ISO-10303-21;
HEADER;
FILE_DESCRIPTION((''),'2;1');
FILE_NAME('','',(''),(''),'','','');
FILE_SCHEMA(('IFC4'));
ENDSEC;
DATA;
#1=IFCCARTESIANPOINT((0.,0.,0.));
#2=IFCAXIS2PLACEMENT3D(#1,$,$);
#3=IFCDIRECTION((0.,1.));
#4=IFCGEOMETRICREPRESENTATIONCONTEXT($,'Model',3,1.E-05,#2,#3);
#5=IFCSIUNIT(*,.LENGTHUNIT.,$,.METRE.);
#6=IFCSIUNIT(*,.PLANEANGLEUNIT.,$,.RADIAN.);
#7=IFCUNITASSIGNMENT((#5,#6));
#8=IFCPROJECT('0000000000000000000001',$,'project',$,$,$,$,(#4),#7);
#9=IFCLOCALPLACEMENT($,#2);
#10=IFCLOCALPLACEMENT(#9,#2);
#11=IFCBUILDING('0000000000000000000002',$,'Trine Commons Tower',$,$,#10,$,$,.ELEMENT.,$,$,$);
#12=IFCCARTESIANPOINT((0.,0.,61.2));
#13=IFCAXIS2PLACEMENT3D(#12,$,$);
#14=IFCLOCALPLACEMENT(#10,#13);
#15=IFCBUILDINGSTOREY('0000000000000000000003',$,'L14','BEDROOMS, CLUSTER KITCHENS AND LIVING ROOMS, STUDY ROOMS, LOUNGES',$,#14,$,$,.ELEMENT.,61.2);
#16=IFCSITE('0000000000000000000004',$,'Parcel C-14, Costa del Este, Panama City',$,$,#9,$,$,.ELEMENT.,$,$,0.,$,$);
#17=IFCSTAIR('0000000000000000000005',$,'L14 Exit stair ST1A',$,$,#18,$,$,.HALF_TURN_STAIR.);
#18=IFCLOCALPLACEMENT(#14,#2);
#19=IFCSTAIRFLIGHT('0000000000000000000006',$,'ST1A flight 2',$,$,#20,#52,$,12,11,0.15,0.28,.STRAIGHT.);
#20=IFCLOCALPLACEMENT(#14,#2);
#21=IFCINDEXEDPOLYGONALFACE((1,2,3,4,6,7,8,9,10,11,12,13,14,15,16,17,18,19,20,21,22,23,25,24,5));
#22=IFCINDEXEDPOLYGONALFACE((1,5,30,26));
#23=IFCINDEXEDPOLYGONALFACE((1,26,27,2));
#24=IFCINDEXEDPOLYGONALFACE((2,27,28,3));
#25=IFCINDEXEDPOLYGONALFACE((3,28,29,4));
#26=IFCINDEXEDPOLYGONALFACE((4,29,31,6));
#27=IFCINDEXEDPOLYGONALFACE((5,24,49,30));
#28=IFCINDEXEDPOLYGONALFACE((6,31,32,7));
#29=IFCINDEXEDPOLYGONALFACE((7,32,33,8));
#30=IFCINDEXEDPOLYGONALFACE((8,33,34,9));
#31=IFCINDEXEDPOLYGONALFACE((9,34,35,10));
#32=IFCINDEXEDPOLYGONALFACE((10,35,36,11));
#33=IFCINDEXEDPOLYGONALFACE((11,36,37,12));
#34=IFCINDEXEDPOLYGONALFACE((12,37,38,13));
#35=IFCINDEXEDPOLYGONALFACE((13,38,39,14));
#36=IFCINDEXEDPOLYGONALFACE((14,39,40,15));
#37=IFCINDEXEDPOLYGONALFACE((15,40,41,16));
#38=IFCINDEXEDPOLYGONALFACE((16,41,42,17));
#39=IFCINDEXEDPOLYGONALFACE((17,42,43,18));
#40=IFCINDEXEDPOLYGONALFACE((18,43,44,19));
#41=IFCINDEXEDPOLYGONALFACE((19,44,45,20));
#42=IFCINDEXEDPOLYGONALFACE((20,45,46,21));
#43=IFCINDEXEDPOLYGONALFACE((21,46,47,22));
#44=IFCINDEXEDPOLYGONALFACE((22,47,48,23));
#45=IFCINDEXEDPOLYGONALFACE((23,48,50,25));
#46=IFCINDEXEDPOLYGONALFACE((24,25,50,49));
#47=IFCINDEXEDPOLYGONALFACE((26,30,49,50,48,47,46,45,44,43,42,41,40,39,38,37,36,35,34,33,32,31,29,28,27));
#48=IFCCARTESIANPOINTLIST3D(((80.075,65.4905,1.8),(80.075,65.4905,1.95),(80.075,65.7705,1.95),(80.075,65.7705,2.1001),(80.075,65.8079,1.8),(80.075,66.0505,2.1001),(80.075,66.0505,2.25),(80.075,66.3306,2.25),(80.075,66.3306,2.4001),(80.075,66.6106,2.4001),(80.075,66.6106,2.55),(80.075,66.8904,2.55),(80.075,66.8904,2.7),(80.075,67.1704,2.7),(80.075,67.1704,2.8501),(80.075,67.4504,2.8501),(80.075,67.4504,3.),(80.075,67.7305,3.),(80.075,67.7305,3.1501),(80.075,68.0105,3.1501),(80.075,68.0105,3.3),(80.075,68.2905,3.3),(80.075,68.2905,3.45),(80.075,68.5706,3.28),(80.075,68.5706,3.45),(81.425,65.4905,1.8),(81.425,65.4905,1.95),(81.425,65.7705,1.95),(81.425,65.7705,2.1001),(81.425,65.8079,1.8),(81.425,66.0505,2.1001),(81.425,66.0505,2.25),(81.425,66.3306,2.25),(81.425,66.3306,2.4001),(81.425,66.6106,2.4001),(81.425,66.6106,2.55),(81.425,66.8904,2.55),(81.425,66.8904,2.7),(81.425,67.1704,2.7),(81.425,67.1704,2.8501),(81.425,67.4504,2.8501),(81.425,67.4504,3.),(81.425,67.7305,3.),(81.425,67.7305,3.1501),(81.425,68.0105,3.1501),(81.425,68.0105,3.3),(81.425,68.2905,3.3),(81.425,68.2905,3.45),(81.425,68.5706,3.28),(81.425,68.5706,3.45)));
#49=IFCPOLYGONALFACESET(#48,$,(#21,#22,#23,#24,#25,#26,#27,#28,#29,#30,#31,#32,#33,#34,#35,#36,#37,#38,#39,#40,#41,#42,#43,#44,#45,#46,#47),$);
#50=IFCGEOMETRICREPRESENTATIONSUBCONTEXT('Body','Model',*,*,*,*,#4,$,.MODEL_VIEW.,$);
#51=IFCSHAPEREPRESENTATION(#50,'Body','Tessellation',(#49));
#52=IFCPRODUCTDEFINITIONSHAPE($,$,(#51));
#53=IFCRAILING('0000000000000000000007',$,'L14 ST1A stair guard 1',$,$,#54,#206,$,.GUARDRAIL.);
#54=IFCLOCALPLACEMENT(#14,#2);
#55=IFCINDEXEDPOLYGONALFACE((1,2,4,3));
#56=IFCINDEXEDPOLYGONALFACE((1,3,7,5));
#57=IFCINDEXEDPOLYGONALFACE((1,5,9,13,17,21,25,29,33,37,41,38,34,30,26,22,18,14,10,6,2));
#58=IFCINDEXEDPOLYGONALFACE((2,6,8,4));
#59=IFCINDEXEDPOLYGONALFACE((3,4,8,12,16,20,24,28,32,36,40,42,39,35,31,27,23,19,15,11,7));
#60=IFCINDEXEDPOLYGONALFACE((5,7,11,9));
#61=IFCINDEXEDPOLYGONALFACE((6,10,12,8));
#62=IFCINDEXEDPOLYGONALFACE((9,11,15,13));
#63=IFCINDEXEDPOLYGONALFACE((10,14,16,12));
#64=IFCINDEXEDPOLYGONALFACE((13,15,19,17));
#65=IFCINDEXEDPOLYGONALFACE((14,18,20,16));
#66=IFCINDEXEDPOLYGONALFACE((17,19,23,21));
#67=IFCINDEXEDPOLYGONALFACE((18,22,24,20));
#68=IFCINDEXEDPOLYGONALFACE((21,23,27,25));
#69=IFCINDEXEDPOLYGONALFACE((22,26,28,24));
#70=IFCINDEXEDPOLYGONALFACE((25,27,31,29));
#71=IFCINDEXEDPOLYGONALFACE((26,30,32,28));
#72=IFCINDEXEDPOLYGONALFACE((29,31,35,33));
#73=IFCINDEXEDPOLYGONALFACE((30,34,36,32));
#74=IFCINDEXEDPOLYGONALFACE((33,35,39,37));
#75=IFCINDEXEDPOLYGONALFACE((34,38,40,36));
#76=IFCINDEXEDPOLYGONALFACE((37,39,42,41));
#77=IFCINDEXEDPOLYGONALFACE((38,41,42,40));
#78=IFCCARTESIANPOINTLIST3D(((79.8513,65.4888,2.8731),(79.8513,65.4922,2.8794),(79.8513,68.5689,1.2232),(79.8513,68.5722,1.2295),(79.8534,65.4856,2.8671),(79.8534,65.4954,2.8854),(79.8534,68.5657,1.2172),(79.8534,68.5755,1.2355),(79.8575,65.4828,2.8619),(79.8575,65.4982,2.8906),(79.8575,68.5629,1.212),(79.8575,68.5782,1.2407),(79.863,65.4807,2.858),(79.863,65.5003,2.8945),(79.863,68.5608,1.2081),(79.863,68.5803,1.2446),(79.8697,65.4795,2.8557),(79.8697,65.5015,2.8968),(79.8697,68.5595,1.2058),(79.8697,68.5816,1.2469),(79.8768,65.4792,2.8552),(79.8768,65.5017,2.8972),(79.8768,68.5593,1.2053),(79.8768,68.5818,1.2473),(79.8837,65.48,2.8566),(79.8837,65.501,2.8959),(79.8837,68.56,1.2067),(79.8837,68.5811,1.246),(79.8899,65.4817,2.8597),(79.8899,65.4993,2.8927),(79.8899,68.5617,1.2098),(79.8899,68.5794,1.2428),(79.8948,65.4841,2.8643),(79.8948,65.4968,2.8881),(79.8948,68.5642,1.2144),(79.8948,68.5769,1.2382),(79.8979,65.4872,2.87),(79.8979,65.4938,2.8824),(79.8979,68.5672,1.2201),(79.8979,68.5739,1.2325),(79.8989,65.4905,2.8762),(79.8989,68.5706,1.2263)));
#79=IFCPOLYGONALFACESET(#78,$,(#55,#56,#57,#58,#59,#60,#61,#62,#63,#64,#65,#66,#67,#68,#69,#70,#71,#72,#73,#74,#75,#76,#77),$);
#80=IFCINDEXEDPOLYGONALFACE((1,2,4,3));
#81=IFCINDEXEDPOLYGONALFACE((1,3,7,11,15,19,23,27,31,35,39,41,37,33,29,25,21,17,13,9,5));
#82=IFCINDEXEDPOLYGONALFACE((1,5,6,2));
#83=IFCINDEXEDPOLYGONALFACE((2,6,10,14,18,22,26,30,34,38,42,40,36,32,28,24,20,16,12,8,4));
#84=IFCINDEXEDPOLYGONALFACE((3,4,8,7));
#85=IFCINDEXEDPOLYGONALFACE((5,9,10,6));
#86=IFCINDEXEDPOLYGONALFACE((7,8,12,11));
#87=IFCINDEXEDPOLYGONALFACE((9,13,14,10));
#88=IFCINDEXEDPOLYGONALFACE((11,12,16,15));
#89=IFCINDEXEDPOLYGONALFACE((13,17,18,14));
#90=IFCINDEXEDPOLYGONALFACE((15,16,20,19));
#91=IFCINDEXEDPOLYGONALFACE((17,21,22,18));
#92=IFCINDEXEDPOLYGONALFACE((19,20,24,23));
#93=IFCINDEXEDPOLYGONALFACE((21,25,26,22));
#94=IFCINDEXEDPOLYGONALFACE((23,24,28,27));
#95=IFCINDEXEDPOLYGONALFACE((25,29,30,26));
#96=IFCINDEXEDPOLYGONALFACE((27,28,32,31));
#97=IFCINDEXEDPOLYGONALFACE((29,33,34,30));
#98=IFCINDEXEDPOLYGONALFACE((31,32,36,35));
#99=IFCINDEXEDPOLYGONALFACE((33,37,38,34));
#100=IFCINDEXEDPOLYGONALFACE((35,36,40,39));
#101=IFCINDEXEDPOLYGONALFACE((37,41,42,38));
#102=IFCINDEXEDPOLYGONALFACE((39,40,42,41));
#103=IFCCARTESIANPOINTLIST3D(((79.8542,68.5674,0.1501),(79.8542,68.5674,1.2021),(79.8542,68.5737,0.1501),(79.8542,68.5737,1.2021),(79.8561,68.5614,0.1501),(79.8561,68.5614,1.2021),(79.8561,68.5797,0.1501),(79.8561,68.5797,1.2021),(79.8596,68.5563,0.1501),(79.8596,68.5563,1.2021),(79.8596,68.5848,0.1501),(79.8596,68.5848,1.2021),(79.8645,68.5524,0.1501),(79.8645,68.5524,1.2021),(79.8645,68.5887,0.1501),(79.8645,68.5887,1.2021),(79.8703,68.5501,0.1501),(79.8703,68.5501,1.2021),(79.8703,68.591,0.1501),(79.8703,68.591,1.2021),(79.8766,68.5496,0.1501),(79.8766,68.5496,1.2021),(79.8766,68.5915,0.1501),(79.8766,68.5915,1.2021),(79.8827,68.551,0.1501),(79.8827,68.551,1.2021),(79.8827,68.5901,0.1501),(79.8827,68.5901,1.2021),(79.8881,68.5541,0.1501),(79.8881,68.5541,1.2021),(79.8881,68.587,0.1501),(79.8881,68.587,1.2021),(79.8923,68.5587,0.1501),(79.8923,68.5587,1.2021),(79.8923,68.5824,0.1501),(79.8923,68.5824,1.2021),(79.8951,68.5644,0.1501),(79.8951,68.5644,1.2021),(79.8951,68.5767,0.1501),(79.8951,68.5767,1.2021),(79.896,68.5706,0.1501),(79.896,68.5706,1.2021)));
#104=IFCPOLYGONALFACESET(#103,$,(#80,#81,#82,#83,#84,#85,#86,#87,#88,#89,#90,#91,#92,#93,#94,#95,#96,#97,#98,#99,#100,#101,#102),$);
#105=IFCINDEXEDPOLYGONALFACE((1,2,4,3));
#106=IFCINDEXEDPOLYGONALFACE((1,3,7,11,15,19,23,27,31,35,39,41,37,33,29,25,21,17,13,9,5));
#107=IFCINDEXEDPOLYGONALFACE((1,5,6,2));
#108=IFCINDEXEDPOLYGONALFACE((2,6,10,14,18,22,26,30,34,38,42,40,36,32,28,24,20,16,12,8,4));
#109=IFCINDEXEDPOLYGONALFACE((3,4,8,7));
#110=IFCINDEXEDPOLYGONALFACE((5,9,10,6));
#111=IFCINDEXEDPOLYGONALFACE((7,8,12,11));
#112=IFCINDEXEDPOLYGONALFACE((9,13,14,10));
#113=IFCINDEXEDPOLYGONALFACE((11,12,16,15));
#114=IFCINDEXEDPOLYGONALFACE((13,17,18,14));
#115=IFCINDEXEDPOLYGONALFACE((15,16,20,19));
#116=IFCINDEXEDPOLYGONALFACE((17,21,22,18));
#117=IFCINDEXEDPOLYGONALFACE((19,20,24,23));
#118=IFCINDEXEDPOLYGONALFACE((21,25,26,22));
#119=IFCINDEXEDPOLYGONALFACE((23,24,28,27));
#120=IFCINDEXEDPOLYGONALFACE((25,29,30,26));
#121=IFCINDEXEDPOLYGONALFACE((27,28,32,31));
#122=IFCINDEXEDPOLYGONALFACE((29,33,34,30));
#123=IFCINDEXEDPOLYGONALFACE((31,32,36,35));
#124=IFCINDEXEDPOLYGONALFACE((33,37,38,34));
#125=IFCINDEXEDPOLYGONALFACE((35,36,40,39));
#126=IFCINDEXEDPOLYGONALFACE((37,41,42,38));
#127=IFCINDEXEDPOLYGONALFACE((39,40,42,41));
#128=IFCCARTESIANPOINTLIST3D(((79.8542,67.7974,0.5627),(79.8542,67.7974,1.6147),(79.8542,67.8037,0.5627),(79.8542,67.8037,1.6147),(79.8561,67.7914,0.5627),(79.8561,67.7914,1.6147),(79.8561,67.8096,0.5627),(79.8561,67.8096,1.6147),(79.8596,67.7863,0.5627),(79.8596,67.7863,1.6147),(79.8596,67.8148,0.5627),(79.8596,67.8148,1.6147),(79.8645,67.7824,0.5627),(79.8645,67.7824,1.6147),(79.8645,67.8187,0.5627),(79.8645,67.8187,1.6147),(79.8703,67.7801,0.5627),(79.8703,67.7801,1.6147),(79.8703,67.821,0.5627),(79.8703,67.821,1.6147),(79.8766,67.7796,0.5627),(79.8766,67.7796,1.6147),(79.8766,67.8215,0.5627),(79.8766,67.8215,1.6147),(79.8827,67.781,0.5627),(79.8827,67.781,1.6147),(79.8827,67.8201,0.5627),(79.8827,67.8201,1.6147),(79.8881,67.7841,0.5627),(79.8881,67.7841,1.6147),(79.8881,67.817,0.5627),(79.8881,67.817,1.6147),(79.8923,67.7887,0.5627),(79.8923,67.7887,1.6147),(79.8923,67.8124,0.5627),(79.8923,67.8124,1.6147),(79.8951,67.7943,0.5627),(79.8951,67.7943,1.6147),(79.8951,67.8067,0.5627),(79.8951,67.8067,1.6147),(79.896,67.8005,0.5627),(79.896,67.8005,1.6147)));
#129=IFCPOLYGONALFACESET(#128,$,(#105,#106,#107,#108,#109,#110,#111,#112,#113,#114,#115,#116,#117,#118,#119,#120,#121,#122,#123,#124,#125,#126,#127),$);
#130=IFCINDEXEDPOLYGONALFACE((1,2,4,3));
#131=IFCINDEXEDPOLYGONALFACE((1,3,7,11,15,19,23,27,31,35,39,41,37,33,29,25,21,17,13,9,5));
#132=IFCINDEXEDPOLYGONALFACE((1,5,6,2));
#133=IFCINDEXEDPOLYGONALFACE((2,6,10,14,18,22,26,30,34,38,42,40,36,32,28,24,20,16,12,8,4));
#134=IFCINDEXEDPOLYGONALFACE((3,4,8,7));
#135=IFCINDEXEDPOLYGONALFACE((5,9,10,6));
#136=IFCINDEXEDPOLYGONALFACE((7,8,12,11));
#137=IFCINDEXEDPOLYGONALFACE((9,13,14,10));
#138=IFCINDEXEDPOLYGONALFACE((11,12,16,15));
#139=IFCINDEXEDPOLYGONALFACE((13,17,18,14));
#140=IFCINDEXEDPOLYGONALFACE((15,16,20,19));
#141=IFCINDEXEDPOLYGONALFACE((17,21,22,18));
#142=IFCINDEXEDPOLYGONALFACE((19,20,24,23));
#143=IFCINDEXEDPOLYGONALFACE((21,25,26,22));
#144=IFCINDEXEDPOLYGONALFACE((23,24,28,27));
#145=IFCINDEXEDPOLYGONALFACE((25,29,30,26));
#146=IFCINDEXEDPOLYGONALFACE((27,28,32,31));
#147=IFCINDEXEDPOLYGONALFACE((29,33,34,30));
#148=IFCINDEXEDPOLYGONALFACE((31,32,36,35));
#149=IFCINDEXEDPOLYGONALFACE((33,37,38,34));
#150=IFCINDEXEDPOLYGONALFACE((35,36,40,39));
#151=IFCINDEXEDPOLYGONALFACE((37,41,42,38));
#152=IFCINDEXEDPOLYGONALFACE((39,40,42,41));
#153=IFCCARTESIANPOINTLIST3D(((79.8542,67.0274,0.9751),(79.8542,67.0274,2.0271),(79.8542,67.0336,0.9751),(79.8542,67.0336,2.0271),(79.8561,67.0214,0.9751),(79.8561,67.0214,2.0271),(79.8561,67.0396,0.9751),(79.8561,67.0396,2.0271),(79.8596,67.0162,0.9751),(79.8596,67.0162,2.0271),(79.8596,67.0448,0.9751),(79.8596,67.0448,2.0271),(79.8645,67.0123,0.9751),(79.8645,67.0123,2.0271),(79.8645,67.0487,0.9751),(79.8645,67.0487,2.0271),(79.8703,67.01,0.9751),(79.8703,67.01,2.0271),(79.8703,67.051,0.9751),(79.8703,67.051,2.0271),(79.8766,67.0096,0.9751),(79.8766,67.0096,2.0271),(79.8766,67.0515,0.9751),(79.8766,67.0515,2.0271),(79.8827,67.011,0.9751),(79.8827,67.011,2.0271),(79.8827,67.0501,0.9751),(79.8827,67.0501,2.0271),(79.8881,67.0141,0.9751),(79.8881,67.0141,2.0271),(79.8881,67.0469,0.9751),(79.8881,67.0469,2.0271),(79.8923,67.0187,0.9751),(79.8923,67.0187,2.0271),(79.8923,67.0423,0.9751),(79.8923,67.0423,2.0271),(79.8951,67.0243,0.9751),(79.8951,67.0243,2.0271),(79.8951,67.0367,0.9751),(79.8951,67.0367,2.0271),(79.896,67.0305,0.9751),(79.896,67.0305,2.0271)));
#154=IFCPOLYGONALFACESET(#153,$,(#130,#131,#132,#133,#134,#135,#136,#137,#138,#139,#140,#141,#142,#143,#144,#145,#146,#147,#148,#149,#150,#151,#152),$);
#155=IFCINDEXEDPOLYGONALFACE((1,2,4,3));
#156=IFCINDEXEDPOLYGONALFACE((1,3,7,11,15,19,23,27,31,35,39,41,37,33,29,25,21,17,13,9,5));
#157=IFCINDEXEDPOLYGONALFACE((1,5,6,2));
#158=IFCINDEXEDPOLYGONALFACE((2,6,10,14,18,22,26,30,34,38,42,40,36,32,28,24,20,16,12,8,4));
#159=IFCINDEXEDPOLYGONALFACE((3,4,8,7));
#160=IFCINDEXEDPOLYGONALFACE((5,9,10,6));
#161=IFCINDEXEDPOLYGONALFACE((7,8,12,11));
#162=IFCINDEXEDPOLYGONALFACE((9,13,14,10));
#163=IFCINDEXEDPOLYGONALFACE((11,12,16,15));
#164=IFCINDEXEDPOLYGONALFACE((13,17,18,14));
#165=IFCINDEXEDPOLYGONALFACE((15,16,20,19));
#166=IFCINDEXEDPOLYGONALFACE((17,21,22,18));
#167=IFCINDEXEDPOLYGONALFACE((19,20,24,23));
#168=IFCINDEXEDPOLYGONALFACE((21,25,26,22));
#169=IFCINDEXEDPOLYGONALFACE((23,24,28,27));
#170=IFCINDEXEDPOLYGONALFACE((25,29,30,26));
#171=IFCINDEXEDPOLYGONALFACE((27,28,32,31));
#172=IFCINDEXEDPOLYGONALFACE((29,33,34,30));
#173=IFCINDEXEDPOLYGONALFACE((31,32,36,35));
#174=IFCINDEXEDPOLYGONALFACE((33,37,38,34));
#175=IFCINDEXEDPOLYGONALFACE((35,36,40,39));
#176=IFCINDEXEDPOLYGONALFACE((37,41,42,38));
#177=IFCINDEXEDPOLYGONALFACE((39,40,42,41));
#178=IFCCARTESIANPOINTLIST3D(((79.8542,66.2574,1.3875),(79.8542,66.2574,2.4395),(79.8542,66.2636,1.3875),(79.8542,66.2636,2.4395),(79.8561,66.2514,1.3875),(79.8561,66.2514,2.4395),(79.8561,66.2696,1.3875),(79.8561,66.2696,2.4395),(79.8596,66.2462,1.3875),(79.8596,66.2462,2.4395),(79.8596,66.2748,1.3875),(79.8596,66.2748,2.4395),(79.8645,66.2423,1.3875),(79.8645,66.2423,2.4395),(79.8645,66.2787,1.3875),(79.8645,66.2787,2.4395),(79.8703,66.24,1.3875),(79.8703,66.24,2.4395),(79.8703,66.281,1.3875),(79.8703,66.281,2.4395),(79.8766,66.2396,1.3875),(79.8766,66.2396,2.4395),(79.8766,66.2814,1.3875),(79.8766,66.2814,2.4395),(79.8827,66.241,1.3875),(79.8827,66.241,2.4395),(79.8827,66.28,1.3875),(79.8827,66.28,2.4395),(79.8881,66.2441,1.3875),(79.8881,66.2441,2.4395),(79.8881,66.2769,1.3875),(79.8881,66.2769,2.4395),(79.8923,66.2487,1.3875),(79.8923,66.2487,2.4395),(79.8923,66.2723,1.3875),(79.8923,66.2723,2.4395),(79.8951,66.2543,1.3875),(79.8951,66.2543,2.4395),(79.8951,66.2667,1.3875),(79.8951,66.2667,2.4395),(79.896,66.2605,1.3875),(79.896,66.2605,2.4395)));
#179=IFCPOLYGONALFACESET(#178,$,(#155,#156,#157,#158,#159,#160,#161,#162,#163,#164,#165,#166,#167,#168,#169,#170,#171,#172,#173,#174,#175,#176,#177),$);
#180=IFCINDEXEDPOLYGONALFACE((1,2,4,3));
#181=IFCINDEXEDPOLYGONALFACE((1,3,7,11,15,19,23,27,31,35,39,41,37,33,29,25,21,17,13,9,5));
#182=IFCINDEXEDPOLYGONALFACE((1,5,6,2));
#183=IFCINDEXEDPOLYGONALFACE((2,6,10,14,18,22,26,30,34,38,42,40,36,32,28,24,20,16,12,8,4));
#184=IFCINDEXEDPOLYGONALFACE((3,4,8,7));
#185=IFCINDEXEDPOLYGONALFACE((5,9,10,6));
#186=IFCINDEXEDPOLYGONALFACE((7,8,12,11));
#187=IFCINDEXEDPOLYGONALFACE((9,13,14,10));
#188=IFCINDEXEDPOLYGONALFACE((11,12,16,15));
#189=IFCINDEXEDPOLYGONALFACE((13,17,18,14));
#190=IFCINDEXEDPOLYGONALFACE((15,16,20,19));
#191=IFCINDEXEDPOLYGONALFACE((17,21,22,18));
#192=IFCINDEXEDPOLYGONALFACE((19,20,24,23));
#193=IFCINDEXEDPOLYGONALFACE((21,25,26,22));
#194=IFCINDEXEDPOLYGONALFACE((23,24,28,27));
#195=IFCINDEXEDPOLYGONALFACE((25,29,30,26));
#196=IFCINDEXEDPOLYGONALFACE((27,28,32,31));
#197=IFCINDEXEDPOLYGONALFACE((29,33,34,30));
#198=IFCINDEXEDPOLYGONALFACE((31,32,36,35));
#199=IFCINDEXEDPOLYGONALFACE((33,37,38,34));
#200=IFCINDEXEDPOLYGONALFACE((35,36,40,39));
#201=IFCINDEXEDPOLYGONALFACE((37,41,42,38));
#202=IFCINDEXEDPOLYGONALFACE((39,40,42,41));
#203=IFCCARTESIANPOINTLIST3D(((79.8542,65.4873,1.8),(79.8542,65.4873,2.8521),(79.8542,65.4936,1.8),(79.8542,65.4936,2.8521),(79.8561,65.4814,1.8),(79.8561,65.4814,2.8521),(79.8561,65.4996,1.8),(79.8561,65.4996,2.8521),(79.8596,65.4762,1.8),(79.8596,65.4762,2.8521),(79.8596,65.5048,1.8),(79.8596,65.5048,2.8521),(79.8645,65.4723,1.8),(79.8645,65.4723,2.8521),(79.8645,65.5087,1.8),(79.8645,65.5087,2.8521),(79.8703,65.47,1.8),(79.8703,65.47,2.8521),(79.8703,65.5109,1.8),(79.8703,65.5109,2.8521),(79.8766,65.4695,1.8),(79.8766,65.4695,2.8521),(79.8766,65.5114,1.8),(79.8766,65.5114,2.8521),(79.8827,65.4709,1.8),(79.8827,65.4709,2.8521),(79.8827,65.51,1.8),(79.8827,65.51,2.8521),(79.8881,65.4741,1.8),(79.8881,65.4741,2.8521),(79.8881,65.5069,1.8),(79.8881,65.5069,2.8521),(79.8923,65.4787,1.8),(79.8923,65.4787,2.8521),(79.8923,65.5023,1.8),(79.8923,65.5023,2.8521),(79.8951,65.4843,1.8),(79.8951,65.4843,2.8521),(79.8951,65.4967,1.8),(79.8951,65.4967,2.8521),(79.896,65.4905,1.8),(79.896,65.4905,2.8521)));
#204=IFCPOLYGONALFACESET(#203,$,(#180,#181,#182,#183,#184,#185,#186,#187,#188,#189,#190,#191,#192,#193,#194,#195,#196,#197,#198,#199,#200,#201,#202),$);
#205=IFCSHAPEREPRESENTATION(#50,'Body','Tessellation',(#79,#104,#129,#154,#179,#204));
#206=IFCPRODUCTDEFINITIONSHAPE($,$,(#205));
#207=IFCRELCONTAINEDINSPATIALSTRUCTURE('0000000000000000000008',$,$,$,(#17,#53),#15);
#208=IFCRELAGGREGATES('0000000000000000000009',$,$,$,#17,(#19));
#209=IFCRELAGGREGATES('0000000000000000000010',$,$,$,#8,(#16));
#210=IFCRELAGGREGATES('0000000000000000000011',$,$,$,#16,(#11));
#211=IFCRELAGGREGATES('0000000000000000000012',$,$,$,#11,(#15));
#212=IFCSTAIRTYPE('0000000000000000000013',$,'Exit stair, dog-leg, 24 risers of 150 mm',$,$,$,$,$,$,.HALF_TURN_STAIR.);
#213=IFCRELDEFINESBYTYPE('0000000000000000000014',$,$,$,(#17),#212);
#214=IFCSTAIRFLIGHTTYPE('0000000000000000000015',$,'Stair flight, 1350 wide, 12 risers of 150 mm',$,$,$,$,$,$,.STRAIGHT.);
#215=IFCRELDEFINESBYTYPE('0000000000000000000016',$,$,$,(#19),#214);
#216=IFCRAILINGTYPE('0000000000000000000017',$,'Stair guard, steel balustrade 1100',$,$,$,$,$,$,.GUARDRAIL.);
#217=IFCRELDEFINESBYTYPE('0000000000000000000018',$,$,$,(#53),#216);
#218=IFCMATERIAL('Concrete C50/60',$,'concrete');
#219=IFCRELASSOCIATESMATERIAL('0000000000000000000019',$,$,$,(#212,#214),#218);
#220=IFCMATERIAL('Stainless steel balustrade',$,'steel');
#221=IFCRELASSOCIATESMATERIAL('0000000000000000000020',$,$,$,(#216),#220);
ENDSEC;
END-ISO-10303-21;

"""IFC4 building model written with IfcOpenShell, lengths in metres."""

from ifc_helpers import new_model, si_unit, direction, frame, origin, origin_2d, place, context, subcontext, project, spatial, polyline, circle, outline, extrude, material, type_object, element, aggregate, save


model = new_model("IFC4")

# Units and contexts
model_context = context("Model", 3, precision=1e-05, world=origin(), true_north=direction((0.0, 1.0)))
body_context = subcontext(model_context, "Body", "Model", "MODEL_VIEW")
ifc_project = project(units=[si_unit("LENGTHUNIT", "METRE"), si_unit("PLANEANGLEUNIT", "RADIAN")], contexts=[model_context])

# Site, building, storey
site_placement = place(None, origin())
site = spatial("IfcSite", under=ifc_project, at=site_placement, Name="Parcel C-14, Costa del Este, Panama City", CompositionType="ELEMENT", RefElevation=0.0)
building_placement = place(site_placement, origin())
building = spatial("IfcBuilding", under=site, at=building_placement, Name="Trine Commons Tower", CompositionType="ELEMENT")
storey_placement = place(building_placement, frame((0.0, 0.0, 61.2)))
storey = spatial("IfcBuildingStorey", under=building, at=storey_placement, Name="L14", Description="BEDROOMS, CLUSTER KITCHENS AND LIVING ROOMS, STUDY ROOMS, LOUNGES", CompositionType="ELEMENT", Elevation=61.2)

# Shared definitions
ifc_material_1 = material(Name="Concrete C50/60", Category="concrete")

# Stair, stair flight
stair_type = type_object("IfcStairType", Name="Exit stair, dog-leg, 24 risers of 150 mm", PredefinedType="HALF_TURN_STAIR", material=ifc_material_1)
stair_placement = place(storey_placement, origin())
stair = element("IfcStair", 1, at=stair_placement, inside=storey, type_object=stair_type, Name="L14 Exit stair ST1A", PredefinedType="HALF_TURN_STAIR")
stair_flight_type = type_object("IfcStairFlightType", Name="Stair flight, 1350 wide, 12 risers of 150 mm", PredefinedType="STRAIGHT", material=ifc_material_1)
stair_flight_1_placement = place(storey_placement, frame((80.75, 65.4905, 1.8), z_axis=(0.0, 0.0, 1.0), x_axis=(0.0, 1.0, 0.0)))
stair_flight_1 = element("IfcStairFlight", 2, at=stair_flight_1_placement, type_object=stair_flight_type, Name="ST1A flight 2", NumberOfRisers=12, NumberOfTreads=11, PredefinedType="STRAIGHT", RiserHeight=0.15, TreadLength=0.28, context=body_context, shape_type="SweptSolid", body=[
    extrude(outline(polyline([(0.0, 0.0), (0.0, 0.1499), (0.28, 0.1499), (0.28, 0.3), (0.5601, 0.3), (0.5601, 0.45), (0.8401, 0.45), (0.8401, 0.6001), (1.1201, 0.6001), (1.1201, 0.75), (1.3999, 0.75), (1.3999, 0.8999), (1.6799, 0.8999), (1.6799, 1.05), (1.96, 1.05), (1.96, 1.2), (2.24, 1.2), (2.24, 1.3501), (2.52, 1.3501), (2.52, 1.5), (2.8, 1.5), (2.8, 1.6499), (3.0801, 1.6499), (3.0801, 1.8), (3.0801, 1.48), (0.3174, 0.0), (0.0, 0.0)])), frame((0.0, 0.675, 0.0), z_axis=(0.0, -1.0, 0.0), x_axis=(1.0, 0.0, 0.0)), (0.0, 0.0, 1.0), 1.3501),
])
aggregate(stair, [stair_flight_1])

# Railing
ifc_material_2 = material(Name="Stainless steel balustrade", Category="steel")
railing_type_1 = type_object("IfcRailingType", Name="Stair guard, steel balustrade 1100", PredefinedType="GUARDRAIL", material=ifc_material_2)
railing_1_placement = place(storey_placement, frame((79.875, 68.5706, 0.1501)))
element("IfcRailing", 3, at=railing_1_placement, inside=storey, type_object=railing_type_1, Name="L14 ST1A stair guard 1", PredefinedType="GUARDRAIL", context=body_context, shape_type="SweptSolid", body=[
    extrude(circle(Radius=0.0239, at=origin_2d()), frame((0.0, 0.0, 1.0762), z_axis=(0.0, -0.881497, 0.47219), x_axis=(1.0, 0.0, 0.0)), (0.0, 0.0, 1.0), 3.4941),
    extrude(circle(Radius=0.021, at=origin_2d()), origin(), (0.0, 0.0, 1.0), 1.052),
    extrude(circle(Radius=0.021, at=origin_2d()), frame((0.0, -0.77, 0.4126)), (0.0, 0.0, 1.0), 1.052),
    extrude(circle(Radius=0.021, at=origin_2d()), frame((0.0, -1.54, 0.825)), (0.0, 0.0, 1.0), 1.052),
    extrude(circle(Radius=0.021, at=origin_2d()), frame((0.0, -2.3101, 1.2373)), (0.0, 0.0, 1.0), 1.052),
    extrude(circle(Radius=0.021, at=origin_2d()), frame((0.0, -3.0801, 1.6499)), (0.0, 0.0, 1.0), 1.052),
])

save(model, "model.ifc")
